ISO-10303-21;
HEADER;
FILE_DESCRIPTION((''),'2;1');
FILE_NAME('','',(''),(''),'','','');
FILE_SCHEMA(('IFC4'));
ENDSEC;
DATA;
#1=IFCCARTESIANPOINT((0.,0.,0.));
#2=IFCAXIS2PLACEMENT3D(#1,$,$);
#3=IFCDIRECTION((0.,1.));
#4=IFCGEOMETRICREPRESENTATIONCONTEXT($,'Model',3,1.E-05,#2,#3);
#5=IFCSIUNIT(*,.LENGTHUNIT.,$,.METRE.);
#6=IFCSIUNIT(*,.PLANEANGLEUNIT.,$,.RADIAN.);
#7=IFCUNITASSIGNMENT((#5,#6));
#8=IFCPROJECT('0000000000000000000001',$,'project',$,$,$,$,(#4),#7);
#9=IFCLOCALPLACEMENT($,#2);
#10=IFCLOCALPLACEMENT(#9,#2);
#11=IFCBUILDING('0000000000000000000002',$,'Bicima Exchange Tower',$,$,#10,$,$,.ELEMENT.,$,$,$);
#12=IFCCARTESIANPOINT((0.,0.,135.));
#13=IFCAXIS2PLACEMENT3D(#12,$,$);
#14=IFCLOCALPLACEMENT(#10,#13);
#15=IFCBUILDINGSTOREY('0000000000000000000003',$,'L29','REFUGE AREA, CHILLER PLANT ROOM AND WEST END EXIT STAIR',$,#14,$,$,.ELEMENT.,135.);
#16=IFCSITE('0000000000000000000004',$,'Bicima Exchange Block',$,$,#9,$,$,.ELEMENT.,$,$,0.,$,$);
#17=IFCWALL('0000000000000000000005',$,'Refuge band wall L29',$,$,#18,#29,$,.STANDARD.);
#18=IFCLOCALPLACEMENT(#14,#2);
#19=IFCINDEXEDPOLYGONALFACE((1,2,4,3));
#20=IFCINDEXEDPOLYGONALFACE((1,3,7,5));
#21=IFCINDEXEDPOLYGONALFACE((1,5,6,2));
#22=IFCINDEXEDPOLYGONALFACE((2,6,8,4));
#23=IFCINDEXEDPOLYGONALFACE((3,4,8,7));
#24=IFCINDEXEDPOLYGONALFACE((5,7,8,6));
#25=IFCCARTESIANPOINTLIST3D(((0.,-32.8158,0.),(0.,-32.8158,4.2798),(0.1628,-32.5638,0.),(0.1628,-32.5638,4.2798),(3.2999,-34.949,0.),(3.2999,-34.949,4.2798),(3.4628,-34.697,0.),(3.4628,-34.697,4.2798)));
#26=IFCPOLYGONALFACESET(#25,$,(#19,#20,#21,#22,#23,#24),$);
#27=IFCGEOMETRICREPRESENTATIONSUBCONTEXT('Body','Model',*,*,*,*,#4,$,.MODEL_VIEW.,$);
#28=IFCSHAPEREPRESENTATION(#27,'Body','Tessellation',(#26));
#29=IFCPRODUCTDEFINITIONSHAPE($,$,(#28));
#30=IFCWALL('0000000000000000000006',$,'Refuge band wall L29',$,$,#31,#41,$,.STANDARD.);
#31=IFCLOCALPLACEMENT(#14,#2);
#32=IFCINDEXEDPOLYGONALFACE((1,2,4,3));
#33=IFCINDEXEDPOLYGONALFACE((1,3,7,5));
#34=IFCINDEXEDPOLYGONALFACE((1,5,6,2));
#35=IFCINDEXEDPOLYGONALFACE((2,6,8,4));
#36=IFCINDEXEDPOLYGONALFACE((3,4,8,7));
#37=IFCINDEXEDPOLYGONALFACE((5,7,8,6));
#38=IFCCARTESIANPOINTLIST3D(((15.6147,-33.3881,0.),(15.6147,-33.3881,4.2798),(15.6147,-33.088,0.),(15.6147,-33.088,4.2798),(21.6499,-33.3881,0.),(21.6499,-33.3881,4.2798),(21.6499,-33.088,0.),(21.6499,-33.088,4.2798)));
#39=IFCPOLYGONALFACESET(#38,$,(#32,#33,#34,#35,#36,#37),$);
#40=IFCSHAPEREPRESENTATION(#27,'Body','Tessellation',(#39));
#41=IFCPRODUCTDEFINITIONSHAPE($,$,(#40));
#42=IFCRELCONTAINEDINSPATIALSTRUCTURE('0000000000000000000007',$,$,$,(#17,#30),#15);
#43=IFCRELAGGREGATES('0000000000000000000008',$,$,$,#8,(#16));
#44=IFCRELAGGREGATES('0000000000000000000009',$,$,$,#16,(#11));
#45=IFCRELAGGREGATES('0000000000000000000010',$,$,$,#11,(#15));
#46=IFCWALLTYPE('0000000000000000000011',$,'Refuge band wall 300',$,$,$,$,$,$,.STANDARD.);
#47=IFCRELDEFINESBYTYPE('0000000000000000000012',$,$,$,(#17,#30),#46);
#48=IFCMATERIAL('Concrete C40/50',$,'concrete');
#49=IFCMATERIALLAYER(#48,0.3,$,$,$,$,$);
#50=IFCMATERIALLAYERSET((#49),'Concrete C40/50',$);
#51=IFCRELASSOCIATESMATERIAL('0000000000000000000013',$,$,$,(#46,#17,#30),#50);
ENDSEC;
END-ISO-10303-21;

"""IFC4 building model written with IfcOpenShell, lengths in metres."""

from ifc_helpers import new_model, si_unit, direction, frame, frame_2d, origin, place, context, subcontext, project, spatial, rectangle, extrude, material, layer, layer_set, layer_usage, type_object, element, save


model = new_model("IFC4")

# Units and contexts
model_context = context("Model", 3, precision=1e-05, world=origin(), true_north=direction((0.0, 1.0)))
body_context = subcontext(model_context, "Body", "Model", "MODEL_VIEW")
ifc_project = project(units=[si_unit("LENGTHUNIT", "METRE"), si_unit("PLANEANGLEUNIT", "RADIAN")], contexts=[model_context])

# Site, building, storey
site_placement = place(None, origin())
site = spatial("IfcSite", under=ifc_project, at=site_placement, Name="Bicima Exchange Block", CompositionType="ELEMENT", RefElevation=0.0)
building_placement = place(site_placement, origin())
building = spatial("IfcBuilding", under=site, at=building_placement, Name="Bicima Exchange Tower", CompositionType="ELEMENT")
storey_placement = place(building_placement, frame((0.0, 0.0, 135.0)))
storey = spatial("IfcBuildingStorey", under=building, at=storey_placement, Name="L29", Description="REFUGE AREA, CHILLER PLANT ROOM AND WEST END EXIT STAIR", CompositionType="ELEMENT", Elevation=135.0)

# Walls
ifc_material_1 = material(Name="Concrete C40/50", Category="concrete")
ifc_layer_1 = layer(ifc_material_1, 0.3)
ifc_layer_set_1 = layer_set([ifc_layer_1], Name="Concrete C40/50")
ifc_layer_usage = layer_usage(ifc_layer_set_1, "AXIS2", "POSITIVE", -0.15)
wall_type_1 = type_object("IfcWallType", Name="Refuge band wall 300", PredefinedType="STANDARD", material=ifc_layer_set_1)
wall_1_placement = place(storey_placement, frame((0.0813, -32.6897, 0.0), z_axis=(0.0, 0.0, 1.0), x_axis=(0.839805, -0.542888, 0.0)))
element("IfcWall", 1, at=wall_1_placement, inside=storey, type_object=wall_type_1, material=ifc_layer_usage, Name="Refuge band wall L29", PredefinedType="STANDARD", context=body_context, shape_type="SweptSolid", body=[
    extrude(rectangle(XDim=3.9294, YDim=0.3, at=frame_2d((1.9648, 0.0))), origin(), (0.0, 0.0, 1.0), 4.2798),
])
wall_2_placement = place(storey_placement, frame((15.6147, -33.238, 0.0), z_axis=(0.0, 0.0, 1.0), x_axis=(1.0, 0.0, 0.0)))
element("IfcWall", 2, at=wall_2_placement, inside=storey, type_object=wall_type_1, material=ifc_layer_usage, Name="Refuge band wall L29", PredefinedType="STANDARD", context=body_context, shape_type="SweptSolid", body=[
    extrude(rectangle(XDim=6.0352, YDim=0.3, at=frame_2d((3.0176, 0.0))), origin(), (0.0, 0.0, 1.0), 4.2798),
])

save(model, "model.ifc")
